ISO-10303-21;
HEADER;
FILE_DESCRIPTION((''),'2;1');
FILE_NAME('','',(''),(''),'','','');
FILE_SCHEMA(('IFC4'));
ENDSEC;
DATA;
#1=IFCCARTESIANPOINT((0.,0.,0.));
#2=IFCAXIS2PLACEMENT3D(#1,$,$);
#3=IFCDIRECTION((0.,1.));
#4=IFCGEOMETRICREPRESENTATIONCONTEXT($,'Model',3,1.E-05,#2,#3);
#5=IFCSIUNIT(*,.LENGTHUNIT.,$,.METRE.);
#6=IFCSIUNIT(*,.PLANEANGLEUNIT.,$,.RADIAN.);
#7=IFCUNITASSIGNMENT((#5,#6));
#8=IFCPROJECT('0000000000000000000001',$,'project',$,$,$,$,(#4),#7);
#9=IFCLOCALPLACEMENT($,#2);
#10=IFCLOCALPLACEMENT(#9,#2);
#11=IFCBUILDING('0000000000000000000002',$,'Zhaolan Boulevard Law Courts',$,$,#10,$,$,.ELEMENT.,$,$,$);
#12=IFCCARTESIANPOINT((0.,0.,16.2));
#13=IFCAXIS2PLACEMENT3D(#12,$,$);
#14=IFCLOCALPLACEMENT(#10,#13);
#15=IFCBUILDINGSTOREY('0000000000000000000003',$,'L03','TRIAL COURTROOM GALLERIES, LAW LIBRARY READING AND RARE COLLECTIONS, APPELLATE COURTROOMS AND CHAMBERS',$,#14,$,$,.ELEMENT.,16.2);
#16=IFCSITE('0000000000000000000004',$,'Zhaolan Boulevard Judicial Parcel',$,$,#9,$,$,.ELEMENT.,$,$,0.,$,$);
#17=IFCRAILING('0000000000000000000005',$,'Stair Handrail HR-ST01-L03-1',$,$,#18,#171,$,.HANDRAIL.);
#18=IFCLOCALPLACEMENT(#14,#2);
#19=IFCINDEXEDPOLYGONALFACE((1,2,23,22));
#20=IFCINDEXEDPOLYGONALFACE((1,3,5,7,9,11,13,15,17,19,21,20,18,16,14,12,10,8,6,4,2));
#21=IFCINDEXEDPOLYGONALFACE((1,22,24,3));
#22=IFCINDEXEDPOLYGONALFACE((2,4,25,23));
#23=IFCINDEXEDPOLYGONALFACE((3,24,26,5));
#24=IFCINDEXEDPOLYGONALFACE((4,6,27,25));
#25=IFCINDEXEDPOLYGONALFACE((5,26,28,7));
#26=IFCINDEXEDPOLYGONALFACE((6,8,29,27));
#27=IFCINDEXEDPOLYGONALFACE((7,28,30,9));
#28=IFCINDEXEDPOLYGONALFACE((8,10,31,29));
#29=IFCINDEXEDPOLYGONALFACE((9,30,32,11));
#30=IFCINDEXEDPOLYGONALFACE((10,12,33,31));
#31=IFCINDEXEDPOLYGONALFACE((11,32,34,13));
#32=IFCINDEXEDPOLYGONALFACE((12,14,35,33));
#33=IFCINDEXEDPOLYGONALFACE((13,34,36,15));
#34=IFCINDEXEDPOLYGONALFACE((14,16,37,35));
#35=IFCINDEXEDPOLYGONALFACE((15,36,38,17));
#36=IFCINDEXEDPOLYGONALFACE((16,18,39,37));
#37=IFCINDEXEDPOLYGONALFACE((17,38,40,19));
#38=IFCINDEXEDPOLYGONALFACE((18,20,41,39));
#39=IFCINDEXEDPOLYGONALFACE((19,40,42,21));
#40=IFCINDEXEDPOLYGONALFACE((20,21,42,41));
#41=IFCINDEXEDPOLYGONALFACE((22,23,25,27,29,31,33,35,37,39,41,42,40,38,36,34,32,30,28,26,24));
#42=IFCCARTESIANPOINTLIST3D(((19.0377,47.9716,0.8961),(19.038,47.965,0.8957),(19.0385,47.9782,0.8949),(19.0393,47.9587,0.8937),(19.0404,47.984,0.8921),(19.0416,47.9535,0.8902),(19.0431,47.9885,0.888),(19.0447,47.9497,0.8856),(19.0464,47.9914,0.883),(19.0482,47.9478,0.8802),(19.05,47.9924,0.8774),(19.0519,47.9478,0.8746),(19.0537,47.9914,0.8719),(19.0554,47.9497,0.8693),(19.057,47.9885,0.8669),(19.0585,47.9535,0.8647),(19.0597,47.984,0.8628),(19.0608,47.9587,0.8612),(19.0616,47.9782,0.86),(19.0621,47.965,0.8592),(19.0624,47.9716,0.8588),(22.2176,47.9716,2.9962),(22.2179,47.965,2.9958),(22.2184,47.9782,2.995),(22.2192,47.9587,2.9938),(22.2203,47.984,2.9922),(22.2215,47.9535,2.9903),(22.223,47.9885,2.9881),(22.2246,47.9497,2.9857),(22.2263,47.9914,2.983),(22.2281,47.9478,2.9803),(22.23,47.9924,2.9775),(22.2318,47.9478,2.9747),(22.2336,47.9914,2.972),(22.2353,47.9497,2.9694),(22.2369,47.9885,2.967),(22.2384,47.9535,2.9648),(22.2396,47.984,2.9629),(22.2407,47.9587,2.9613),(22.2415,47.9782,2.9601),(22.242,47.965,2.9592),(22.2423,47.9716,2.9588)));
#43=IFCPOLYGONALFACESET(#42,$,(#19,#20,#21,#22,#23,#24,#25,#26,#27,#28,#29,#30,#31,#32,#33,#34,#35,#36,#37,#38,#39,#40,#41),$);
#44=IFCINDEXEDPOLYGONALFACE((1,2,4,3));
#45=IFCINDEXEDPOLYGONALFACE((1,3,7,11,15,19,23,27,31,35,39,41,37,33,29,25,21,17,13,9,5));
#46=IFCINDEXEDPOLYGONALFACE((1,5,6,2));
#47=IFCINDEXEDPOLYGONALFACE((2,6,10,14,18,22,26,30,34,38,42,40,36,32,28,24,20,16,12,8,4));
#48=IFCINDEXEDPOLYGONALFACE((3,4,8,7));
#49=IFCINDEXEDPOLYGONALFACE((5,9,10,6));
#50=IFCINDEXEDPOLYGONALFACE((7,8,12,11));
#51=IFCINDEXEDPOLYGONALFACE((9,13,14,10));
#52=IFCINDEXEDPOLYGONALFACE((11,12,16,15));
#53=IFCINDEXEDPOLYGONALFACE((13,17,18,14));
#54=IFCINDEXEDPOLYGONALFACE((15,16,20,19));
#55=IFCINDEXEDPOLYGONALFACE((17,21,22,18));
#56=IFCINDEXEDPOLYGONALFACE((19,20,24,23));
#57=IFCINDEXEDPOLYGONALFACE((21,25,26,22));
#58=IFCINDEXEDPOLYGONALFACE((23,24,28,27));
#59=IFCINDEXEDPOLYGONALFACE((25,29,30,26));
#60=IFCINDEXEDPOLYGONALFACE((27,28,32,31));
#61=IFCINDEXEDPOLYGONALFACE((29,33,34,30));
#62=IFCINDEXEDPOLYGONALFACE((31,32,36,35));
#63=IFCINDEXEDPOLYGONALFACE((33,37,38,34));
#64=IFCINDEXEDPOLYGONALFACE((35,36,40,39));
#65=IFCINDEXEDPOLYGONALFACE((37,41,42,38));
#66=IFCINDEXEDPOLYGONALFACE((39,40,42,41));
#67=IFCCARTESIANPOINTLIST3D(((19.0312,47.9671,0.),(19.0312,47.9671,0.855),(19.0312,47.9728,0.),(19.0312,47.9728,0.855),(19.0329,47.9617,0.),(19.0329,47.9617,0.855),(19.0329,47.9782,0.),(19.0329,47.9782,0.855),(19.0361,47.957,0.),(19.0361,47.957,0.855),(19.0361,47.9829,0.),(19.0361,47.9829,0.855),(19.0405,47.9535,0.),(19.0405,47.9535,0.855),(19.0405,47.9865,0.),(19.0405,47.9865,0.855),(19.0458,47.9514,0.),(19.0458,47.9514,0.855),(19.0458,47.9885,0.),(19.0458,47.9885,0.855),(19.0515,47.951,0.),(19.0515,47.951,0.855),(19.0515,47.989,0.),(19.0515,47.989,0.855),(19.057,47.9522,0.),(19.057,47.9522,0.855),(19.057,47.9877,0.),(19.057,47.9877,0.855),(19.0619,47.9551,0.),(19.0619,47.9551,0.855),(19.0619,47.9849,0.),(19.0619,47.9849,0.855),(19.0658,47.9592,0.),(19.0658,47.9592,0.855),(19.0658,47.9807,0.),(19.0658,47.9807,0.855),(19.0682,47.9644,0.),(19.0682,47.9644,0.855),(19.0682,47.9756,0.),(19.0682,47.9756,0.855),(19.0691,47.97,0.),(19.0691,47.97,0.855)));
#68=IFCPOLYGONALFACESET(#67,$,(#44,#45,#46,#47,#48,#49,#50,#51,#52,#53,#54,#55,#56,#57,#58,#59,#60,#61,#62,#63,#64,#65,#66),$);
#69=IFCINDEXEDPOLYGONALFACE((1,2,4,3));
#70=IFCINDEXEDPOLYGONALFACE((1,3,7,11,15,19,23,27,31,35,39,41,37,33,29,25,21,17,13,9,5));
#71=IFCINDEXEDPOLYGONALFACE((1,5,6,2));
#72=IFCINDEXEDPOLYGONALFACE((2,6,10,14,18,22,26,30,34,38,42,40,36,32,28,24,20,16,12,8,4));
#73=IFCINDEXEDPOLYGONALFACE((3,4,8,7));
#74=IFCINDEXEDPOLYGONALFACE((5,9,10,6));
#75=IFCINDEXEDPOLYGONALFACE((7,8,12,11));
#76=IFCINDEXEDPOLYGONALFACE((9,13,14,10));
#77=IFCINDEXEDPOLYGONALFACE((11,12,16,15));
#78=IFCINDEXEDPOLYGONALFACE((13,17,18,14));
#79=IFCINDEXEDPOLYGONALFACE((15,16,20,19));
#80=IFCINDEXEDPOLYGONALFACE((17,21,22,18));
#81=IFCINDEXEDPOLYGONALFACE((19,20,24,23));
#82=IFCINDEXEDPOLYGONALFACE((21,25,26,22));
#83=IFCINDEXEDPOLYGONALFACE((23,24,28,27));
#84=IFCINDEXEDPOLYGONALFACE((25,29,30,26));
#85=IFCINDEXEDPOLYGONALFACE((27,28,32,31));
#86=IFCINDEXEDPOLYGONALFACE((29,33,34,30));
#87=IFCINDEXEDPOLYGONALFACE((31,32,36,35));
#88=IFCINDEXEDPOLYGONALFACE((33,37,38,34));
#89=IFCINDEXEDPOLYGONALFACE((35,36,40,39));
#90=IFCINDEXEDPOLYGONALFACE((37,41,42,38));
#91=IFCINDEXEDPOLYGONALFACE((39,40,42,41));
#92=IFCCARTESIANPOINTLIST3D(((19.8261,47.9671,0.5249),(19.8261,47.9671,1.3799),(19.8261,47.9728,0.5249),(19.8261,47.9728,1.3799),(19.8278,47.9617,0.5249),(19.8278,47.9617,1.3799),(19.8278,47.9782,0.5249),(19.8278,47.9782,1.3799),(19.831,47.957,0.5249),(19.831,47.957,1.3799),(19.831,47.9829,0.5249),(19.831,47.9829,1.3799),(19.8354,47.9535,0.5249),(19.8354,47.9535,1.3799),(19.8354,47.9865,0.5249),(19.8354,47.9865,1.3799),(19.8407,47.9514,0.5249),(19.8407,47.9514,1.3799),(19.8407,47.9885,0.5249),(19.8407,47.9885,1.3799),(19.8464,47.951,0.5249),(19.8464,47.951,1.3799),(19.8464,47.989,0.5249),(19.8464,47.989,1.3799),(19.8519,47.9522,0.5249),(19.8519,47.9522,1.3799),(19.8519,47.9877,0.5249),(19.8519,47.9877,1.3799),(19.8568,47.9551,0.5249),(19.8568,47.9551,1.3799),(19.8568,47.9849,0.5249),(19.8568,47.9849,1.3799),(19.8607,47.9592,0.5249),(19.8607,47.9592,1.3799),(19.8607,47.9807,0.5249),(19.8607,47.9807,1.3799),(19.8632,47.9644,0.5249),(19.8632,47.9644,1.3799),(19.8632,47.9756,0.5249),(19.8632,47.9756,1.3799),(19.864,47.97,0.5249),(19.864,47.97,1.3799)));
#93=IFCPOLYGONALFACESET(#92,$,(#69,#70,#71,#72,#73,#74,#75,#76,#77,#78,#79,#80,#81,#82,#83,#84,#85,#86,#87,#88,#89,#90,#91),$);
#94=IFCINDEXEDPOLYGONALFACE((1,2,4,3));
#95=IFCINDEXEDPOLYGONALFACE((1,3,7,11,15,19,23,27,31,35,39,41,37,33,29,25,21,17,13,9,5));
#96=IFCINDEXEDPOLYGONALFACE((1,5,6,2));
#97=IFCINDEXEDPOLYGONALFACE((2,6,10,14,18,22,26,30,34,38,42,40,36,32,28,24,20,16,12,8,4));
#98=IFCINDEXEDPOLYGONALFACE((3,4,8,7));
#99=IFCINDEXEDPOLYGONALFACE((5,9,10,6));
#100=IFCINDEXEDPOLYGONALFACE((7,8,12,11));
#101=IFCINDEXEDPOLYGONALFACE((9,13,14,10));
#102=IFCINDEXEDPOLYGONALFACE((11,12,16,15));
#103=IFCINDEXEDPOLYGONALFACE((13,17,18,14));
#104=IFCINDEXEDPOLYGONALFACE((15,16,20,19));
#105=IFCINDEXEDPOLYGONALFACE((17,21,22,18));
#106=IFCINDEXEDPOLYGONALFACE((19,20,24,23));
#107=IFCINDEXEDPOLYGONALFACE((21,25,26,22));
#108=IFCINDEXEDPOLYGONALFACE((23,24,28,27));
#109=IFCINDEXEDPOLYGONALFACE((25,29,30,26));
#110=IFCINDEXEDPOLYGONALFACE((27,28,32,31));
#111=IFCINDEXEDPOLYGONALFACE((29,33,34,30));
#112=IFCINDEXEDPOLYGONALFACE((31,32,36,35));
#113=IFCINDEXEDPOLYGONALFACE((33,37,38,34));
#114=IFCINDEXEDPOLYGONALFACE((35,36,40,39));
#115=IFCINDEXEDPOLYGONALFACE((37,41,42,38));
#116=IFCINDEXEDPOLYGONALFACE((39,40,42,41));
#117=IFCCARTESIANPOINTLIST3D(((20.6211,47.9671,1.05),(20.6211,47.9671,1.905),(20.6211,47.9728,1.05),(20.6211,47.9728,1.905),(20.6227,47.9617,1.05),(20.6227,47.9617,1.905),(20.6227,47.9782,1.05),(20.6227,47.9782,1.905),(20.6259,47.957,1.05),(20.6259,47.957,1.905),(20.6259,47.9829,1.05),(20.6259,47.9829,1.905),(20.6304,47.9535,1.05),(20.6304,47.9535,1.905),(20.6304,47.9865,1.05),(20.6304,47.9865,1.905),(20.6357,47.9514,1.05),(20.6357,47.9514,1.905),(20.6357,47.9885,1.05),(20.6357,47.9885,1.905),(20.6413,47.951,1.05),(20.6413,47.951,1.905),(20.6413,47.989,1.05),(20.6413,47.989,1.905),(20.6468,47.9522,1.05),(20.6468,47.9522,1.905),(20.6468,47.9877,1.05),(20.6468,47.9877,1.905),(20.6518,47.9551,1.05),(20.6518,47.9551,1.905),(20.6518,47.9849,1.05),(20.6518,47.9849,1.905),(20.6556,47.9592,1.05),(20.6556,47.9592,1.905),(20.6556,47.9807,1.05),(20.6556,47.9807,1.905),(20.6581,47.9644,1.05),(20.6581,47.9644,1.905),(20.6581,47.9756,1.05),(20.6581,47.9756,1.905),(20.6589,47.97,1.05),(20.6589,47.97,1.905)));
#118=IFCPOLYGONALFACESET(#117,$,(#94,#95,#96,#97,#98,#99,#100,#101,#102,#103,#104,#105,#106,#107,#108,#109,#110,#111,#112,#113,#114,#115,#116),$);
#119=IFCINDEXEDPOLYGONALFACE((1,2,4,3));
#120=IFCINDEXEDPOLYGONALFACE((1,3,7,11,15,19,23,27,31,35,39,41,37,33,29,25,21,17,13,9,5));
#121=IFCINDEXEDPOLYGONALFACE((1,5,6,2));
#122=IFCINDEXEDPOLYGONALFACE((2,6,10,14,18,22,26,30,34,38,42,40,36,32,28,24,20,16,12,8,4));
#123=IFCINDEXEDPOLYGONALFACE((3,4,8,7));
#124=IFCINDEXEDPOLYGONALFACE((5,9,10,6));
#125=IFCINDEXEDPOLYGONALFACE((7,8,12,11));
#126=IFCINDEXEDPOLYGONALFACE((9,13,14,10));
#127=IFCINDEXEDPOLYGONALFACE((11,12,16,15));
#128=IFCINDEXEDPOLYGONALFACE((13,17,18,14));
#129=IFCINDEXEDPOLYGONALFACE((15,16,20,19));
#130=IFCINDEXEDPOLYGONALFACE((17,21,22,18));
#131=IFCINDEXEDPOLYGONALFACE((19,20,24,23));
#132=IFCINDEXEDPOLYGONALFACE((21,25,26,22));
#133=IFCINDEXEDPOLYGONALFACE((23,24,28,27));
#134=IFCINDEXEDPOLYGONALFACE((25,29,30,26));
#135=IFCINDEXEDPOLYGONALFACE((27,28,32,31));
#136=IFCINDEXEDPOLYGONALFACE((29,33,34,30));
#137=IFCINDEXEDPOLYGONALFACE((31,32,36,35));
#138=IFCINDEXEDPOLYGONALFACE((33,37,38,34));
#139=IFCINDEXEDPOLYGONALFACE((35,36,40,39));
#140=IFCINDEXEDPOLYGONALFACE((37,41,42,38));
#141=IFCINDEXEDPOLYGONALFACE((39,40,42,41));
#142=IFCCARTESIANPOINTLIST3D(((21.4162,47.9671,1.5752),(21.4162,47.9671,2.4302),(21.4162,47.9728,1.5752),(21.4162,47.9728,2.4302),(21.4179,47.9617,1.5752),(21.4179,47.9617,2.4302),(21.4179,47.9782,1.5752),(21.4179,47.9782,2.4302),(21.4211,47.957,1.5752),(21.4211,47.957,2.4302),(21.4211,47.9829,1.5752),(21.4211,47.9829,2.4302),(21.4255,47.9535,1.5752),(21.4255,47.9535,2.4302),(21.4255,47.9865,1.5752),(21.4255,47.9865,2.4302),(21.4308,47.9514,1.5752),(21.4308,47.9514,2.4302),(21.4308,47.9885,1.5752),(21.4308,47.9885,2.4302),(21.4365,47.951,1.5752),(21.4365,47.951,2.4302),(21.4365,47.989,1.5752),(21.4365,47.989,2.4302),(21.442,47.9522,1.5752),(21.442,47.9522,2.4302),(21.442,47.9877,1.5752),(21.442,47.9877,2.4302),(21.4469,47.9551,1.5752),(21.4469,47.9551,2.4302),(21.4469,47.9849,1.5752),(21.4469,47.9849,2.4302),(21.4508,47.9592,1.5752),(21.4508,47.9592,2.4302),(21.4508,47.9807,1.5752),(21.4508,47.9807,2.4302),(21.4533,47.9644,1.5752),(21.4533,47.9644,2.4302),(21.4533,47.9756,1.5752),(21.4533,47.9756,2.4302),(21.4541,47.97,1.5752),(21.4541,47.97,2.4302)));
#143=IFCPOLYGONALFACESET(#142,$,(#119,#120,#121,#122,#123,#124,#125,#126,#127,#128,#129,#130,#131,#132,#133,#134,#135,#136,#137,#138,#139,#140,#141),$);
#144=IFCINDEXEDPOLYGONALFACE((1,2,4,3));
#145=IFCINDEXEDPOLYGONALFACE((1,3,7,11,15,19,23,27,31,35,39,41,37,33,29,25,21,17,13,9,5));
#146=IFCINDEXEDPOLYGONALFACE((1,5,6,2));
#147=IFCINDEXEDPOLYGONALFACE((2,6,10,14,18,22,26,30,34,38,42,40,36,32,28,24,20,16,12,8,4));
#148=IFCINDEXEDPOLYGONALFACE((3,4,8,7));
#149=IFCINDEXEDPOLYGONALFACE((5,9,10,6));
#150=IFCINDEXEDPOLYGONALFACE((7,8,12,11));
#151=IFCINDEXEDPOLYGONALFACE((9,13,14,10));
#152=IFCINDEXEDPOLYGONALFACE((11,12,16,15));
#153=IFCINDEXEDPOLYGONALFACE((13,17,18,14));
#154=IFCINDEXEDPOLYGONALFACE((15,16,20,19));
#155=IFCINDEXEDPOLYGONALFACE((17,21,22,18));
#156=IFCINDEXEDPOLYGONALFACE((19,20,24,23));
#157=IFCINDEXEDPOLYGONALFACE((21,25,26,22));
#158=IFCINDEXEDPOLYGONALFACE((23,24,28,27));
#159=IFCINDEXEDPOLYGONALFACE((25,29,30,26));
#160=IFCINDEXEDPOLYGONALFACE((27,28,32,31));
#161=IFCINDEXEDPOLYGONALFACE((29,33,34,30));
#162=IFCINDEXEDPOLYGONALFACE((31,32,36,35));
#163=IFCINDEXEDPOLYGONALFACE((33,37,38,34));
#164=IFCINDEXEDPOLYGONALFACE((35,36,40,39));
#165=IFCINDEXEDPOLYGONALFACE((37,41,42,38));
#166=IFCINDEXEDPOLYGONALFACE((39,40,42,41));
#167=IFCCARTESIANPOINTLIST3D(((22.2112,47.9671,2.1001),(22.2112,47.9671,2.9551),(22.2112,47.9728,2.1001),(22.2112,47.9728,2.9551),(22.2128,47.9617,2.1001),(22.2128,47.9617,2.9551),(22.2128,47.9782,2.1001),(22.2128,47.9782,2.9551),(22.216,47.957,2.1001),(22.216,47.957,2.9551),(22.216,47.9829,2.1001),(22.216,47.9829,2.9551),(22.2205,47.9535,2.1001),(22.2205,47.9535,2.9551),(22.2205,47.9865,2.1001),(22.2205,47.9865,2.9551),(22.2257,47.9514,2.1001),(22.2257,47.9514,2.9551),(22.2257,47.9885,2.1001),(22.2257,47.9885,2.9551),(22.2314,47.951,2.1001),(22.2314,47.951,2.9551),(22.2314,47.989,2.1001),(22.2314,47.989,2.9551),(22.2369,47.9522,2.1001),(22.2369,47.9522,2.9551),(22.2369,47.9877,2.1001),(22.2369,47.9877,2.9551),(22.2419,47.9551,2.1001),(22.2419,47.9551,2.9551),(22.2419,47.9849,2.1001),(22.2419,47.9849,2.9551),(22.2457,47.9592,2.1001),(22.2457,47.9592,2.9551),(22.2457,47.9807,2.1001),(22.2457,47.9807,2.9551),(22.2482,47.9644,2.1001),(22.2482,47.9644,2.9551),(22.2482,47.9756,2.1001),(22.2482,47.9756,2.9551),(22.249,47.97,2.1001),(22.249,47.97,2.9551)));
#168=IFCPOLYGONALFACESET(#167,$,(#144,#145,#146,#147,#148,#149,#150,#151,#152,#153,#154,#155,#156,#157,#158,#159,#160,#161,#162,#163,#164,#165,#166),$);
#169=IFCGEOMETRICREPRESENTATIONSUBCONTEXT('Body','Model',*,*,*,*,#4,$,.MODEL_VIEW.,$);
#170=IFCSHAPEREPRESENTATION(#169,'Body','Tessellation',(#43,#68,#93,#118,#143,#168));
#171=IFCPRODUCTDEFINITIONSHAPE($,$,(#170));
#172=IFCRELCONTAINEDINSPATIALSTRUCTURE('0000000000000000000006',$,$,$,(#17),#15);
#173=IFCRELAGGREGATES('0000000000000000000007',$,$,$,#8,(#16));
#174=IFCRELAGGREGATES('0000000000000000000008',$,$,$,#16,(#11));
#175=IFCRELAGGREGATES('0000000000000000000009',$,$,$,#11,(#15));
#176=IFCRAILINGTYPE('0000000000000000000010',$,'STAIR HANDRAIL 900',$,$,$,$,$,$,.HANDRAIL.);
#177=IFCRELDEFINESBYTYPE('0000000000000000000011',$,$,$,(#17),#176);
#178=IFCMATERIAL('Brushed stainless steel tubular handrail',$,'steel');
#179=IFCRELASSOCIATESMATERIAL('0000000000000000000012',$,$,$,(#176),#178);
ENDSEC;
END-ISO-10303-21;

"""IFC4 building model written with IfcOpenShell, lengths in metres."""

from ifc_helpers import new_model, si_unit, direction, frame, origin, origin_2d, place, context, subcontext, project, spatial, circle, extrude, material, type_object, element, save


model = new_model("IFC4")

# Units and contexts
model_context = context("Model", 3, precision=1e-05, world=origin(), true_north=direction((0.0, 1.0)))
body_context = subcontext(model_context, "Body", "Model", "MODEL_VIEW")
ifc_project = project(units=[si_unit("LENGTHUNIT", "METRE"), si_unit("PLANEANGLEUNIT", "RADIAN")], contexts=[model_context])

# Site, building, storey
site_placement = place(None, origin())
site = spatial("IfcSite", under=ifc_project, at=site_placement, Name="Zhaolan Boulevard Judicial Parcel", CompositionType="ELEMENT", RefElevation=0.0)
building_placement = place(site_placement, origin())
building = spatial("IfcBuilding", under=site, at=building_placement, Name="Zhaolan Boulevard Law Courts", CompositionType="ELEMENT")
storey_placement = place(building_placement, frame((0.0, 0.0, 16.2)))
storey = spatial("IfcBuildingStorey", under=building, at=storey_placement, Name="L03", Description="TRIAL COURTROOM GALLERIES, LAW LIBRARY READING AND RARE COLLECTIONS, APPELLATE COURTROOMS AND CHAMBERS", CompositionType="ELEMENT", Elevation=16.2)

# Railing
ifc_material_1 = material(Name="Brushed stainless steel tubular handrail", Category="steel")
railing_type_1 = type_object("IfcRailingType", Name="STAIR HANDRAIL 900", PredefinedType="HANDRAIL", material=ifc_material_1)
railing_1_placement = place(storey_placement, frame((19.05, 47.97, 0.0)))
element("IfcRailing", 1, at=railing_1_placement, inside=storey, type_object=railing_type_1, Name="Stair Handrail HR-ST01-L03-1", PredefinedType="HANDRAIL", context=body_context, shape_type="SweptSolid", body=[
    extrude(circle(Radius=0.0225, at=origin_2d()), frame((0.0, 0.0, 0.8774), z_axis=(0.834447, 0.0, 0.551088), x_axis=(0.0, 1.0, 0.0)), (0.0, 0.0, 1.0), 3.8108),
    extrude(circle(Radius=0.019, at=origin_2d()), origin(), (0.0, 0.0, 1.0), 0.855),
    extrude(circle(Radius=0.019, at=origin_2d()), frame((0.7949, 0.0, 0.5249)), (0.0, 0.0, 1.0), 0.855),
    extrude(circle(Radius=0.019, at=origin_2d()), frame((1.5898, 0.0, 1.05)), (0.0, 0.0, 1.0), 0.855),
    extrude(circle(Radius=0.019, at=origin_2d()), frame((2.385, 0.0, 1.5752)), (0.0, 0.0, 1.0), 0.855),
    extrude(circle(Radius=0.019, at=origin_2d()), frame((3.1799, 0.0, 2.1001)), (0.0, 0.0, 1.0), 0.855),
])

save(model, "model.ifc")
